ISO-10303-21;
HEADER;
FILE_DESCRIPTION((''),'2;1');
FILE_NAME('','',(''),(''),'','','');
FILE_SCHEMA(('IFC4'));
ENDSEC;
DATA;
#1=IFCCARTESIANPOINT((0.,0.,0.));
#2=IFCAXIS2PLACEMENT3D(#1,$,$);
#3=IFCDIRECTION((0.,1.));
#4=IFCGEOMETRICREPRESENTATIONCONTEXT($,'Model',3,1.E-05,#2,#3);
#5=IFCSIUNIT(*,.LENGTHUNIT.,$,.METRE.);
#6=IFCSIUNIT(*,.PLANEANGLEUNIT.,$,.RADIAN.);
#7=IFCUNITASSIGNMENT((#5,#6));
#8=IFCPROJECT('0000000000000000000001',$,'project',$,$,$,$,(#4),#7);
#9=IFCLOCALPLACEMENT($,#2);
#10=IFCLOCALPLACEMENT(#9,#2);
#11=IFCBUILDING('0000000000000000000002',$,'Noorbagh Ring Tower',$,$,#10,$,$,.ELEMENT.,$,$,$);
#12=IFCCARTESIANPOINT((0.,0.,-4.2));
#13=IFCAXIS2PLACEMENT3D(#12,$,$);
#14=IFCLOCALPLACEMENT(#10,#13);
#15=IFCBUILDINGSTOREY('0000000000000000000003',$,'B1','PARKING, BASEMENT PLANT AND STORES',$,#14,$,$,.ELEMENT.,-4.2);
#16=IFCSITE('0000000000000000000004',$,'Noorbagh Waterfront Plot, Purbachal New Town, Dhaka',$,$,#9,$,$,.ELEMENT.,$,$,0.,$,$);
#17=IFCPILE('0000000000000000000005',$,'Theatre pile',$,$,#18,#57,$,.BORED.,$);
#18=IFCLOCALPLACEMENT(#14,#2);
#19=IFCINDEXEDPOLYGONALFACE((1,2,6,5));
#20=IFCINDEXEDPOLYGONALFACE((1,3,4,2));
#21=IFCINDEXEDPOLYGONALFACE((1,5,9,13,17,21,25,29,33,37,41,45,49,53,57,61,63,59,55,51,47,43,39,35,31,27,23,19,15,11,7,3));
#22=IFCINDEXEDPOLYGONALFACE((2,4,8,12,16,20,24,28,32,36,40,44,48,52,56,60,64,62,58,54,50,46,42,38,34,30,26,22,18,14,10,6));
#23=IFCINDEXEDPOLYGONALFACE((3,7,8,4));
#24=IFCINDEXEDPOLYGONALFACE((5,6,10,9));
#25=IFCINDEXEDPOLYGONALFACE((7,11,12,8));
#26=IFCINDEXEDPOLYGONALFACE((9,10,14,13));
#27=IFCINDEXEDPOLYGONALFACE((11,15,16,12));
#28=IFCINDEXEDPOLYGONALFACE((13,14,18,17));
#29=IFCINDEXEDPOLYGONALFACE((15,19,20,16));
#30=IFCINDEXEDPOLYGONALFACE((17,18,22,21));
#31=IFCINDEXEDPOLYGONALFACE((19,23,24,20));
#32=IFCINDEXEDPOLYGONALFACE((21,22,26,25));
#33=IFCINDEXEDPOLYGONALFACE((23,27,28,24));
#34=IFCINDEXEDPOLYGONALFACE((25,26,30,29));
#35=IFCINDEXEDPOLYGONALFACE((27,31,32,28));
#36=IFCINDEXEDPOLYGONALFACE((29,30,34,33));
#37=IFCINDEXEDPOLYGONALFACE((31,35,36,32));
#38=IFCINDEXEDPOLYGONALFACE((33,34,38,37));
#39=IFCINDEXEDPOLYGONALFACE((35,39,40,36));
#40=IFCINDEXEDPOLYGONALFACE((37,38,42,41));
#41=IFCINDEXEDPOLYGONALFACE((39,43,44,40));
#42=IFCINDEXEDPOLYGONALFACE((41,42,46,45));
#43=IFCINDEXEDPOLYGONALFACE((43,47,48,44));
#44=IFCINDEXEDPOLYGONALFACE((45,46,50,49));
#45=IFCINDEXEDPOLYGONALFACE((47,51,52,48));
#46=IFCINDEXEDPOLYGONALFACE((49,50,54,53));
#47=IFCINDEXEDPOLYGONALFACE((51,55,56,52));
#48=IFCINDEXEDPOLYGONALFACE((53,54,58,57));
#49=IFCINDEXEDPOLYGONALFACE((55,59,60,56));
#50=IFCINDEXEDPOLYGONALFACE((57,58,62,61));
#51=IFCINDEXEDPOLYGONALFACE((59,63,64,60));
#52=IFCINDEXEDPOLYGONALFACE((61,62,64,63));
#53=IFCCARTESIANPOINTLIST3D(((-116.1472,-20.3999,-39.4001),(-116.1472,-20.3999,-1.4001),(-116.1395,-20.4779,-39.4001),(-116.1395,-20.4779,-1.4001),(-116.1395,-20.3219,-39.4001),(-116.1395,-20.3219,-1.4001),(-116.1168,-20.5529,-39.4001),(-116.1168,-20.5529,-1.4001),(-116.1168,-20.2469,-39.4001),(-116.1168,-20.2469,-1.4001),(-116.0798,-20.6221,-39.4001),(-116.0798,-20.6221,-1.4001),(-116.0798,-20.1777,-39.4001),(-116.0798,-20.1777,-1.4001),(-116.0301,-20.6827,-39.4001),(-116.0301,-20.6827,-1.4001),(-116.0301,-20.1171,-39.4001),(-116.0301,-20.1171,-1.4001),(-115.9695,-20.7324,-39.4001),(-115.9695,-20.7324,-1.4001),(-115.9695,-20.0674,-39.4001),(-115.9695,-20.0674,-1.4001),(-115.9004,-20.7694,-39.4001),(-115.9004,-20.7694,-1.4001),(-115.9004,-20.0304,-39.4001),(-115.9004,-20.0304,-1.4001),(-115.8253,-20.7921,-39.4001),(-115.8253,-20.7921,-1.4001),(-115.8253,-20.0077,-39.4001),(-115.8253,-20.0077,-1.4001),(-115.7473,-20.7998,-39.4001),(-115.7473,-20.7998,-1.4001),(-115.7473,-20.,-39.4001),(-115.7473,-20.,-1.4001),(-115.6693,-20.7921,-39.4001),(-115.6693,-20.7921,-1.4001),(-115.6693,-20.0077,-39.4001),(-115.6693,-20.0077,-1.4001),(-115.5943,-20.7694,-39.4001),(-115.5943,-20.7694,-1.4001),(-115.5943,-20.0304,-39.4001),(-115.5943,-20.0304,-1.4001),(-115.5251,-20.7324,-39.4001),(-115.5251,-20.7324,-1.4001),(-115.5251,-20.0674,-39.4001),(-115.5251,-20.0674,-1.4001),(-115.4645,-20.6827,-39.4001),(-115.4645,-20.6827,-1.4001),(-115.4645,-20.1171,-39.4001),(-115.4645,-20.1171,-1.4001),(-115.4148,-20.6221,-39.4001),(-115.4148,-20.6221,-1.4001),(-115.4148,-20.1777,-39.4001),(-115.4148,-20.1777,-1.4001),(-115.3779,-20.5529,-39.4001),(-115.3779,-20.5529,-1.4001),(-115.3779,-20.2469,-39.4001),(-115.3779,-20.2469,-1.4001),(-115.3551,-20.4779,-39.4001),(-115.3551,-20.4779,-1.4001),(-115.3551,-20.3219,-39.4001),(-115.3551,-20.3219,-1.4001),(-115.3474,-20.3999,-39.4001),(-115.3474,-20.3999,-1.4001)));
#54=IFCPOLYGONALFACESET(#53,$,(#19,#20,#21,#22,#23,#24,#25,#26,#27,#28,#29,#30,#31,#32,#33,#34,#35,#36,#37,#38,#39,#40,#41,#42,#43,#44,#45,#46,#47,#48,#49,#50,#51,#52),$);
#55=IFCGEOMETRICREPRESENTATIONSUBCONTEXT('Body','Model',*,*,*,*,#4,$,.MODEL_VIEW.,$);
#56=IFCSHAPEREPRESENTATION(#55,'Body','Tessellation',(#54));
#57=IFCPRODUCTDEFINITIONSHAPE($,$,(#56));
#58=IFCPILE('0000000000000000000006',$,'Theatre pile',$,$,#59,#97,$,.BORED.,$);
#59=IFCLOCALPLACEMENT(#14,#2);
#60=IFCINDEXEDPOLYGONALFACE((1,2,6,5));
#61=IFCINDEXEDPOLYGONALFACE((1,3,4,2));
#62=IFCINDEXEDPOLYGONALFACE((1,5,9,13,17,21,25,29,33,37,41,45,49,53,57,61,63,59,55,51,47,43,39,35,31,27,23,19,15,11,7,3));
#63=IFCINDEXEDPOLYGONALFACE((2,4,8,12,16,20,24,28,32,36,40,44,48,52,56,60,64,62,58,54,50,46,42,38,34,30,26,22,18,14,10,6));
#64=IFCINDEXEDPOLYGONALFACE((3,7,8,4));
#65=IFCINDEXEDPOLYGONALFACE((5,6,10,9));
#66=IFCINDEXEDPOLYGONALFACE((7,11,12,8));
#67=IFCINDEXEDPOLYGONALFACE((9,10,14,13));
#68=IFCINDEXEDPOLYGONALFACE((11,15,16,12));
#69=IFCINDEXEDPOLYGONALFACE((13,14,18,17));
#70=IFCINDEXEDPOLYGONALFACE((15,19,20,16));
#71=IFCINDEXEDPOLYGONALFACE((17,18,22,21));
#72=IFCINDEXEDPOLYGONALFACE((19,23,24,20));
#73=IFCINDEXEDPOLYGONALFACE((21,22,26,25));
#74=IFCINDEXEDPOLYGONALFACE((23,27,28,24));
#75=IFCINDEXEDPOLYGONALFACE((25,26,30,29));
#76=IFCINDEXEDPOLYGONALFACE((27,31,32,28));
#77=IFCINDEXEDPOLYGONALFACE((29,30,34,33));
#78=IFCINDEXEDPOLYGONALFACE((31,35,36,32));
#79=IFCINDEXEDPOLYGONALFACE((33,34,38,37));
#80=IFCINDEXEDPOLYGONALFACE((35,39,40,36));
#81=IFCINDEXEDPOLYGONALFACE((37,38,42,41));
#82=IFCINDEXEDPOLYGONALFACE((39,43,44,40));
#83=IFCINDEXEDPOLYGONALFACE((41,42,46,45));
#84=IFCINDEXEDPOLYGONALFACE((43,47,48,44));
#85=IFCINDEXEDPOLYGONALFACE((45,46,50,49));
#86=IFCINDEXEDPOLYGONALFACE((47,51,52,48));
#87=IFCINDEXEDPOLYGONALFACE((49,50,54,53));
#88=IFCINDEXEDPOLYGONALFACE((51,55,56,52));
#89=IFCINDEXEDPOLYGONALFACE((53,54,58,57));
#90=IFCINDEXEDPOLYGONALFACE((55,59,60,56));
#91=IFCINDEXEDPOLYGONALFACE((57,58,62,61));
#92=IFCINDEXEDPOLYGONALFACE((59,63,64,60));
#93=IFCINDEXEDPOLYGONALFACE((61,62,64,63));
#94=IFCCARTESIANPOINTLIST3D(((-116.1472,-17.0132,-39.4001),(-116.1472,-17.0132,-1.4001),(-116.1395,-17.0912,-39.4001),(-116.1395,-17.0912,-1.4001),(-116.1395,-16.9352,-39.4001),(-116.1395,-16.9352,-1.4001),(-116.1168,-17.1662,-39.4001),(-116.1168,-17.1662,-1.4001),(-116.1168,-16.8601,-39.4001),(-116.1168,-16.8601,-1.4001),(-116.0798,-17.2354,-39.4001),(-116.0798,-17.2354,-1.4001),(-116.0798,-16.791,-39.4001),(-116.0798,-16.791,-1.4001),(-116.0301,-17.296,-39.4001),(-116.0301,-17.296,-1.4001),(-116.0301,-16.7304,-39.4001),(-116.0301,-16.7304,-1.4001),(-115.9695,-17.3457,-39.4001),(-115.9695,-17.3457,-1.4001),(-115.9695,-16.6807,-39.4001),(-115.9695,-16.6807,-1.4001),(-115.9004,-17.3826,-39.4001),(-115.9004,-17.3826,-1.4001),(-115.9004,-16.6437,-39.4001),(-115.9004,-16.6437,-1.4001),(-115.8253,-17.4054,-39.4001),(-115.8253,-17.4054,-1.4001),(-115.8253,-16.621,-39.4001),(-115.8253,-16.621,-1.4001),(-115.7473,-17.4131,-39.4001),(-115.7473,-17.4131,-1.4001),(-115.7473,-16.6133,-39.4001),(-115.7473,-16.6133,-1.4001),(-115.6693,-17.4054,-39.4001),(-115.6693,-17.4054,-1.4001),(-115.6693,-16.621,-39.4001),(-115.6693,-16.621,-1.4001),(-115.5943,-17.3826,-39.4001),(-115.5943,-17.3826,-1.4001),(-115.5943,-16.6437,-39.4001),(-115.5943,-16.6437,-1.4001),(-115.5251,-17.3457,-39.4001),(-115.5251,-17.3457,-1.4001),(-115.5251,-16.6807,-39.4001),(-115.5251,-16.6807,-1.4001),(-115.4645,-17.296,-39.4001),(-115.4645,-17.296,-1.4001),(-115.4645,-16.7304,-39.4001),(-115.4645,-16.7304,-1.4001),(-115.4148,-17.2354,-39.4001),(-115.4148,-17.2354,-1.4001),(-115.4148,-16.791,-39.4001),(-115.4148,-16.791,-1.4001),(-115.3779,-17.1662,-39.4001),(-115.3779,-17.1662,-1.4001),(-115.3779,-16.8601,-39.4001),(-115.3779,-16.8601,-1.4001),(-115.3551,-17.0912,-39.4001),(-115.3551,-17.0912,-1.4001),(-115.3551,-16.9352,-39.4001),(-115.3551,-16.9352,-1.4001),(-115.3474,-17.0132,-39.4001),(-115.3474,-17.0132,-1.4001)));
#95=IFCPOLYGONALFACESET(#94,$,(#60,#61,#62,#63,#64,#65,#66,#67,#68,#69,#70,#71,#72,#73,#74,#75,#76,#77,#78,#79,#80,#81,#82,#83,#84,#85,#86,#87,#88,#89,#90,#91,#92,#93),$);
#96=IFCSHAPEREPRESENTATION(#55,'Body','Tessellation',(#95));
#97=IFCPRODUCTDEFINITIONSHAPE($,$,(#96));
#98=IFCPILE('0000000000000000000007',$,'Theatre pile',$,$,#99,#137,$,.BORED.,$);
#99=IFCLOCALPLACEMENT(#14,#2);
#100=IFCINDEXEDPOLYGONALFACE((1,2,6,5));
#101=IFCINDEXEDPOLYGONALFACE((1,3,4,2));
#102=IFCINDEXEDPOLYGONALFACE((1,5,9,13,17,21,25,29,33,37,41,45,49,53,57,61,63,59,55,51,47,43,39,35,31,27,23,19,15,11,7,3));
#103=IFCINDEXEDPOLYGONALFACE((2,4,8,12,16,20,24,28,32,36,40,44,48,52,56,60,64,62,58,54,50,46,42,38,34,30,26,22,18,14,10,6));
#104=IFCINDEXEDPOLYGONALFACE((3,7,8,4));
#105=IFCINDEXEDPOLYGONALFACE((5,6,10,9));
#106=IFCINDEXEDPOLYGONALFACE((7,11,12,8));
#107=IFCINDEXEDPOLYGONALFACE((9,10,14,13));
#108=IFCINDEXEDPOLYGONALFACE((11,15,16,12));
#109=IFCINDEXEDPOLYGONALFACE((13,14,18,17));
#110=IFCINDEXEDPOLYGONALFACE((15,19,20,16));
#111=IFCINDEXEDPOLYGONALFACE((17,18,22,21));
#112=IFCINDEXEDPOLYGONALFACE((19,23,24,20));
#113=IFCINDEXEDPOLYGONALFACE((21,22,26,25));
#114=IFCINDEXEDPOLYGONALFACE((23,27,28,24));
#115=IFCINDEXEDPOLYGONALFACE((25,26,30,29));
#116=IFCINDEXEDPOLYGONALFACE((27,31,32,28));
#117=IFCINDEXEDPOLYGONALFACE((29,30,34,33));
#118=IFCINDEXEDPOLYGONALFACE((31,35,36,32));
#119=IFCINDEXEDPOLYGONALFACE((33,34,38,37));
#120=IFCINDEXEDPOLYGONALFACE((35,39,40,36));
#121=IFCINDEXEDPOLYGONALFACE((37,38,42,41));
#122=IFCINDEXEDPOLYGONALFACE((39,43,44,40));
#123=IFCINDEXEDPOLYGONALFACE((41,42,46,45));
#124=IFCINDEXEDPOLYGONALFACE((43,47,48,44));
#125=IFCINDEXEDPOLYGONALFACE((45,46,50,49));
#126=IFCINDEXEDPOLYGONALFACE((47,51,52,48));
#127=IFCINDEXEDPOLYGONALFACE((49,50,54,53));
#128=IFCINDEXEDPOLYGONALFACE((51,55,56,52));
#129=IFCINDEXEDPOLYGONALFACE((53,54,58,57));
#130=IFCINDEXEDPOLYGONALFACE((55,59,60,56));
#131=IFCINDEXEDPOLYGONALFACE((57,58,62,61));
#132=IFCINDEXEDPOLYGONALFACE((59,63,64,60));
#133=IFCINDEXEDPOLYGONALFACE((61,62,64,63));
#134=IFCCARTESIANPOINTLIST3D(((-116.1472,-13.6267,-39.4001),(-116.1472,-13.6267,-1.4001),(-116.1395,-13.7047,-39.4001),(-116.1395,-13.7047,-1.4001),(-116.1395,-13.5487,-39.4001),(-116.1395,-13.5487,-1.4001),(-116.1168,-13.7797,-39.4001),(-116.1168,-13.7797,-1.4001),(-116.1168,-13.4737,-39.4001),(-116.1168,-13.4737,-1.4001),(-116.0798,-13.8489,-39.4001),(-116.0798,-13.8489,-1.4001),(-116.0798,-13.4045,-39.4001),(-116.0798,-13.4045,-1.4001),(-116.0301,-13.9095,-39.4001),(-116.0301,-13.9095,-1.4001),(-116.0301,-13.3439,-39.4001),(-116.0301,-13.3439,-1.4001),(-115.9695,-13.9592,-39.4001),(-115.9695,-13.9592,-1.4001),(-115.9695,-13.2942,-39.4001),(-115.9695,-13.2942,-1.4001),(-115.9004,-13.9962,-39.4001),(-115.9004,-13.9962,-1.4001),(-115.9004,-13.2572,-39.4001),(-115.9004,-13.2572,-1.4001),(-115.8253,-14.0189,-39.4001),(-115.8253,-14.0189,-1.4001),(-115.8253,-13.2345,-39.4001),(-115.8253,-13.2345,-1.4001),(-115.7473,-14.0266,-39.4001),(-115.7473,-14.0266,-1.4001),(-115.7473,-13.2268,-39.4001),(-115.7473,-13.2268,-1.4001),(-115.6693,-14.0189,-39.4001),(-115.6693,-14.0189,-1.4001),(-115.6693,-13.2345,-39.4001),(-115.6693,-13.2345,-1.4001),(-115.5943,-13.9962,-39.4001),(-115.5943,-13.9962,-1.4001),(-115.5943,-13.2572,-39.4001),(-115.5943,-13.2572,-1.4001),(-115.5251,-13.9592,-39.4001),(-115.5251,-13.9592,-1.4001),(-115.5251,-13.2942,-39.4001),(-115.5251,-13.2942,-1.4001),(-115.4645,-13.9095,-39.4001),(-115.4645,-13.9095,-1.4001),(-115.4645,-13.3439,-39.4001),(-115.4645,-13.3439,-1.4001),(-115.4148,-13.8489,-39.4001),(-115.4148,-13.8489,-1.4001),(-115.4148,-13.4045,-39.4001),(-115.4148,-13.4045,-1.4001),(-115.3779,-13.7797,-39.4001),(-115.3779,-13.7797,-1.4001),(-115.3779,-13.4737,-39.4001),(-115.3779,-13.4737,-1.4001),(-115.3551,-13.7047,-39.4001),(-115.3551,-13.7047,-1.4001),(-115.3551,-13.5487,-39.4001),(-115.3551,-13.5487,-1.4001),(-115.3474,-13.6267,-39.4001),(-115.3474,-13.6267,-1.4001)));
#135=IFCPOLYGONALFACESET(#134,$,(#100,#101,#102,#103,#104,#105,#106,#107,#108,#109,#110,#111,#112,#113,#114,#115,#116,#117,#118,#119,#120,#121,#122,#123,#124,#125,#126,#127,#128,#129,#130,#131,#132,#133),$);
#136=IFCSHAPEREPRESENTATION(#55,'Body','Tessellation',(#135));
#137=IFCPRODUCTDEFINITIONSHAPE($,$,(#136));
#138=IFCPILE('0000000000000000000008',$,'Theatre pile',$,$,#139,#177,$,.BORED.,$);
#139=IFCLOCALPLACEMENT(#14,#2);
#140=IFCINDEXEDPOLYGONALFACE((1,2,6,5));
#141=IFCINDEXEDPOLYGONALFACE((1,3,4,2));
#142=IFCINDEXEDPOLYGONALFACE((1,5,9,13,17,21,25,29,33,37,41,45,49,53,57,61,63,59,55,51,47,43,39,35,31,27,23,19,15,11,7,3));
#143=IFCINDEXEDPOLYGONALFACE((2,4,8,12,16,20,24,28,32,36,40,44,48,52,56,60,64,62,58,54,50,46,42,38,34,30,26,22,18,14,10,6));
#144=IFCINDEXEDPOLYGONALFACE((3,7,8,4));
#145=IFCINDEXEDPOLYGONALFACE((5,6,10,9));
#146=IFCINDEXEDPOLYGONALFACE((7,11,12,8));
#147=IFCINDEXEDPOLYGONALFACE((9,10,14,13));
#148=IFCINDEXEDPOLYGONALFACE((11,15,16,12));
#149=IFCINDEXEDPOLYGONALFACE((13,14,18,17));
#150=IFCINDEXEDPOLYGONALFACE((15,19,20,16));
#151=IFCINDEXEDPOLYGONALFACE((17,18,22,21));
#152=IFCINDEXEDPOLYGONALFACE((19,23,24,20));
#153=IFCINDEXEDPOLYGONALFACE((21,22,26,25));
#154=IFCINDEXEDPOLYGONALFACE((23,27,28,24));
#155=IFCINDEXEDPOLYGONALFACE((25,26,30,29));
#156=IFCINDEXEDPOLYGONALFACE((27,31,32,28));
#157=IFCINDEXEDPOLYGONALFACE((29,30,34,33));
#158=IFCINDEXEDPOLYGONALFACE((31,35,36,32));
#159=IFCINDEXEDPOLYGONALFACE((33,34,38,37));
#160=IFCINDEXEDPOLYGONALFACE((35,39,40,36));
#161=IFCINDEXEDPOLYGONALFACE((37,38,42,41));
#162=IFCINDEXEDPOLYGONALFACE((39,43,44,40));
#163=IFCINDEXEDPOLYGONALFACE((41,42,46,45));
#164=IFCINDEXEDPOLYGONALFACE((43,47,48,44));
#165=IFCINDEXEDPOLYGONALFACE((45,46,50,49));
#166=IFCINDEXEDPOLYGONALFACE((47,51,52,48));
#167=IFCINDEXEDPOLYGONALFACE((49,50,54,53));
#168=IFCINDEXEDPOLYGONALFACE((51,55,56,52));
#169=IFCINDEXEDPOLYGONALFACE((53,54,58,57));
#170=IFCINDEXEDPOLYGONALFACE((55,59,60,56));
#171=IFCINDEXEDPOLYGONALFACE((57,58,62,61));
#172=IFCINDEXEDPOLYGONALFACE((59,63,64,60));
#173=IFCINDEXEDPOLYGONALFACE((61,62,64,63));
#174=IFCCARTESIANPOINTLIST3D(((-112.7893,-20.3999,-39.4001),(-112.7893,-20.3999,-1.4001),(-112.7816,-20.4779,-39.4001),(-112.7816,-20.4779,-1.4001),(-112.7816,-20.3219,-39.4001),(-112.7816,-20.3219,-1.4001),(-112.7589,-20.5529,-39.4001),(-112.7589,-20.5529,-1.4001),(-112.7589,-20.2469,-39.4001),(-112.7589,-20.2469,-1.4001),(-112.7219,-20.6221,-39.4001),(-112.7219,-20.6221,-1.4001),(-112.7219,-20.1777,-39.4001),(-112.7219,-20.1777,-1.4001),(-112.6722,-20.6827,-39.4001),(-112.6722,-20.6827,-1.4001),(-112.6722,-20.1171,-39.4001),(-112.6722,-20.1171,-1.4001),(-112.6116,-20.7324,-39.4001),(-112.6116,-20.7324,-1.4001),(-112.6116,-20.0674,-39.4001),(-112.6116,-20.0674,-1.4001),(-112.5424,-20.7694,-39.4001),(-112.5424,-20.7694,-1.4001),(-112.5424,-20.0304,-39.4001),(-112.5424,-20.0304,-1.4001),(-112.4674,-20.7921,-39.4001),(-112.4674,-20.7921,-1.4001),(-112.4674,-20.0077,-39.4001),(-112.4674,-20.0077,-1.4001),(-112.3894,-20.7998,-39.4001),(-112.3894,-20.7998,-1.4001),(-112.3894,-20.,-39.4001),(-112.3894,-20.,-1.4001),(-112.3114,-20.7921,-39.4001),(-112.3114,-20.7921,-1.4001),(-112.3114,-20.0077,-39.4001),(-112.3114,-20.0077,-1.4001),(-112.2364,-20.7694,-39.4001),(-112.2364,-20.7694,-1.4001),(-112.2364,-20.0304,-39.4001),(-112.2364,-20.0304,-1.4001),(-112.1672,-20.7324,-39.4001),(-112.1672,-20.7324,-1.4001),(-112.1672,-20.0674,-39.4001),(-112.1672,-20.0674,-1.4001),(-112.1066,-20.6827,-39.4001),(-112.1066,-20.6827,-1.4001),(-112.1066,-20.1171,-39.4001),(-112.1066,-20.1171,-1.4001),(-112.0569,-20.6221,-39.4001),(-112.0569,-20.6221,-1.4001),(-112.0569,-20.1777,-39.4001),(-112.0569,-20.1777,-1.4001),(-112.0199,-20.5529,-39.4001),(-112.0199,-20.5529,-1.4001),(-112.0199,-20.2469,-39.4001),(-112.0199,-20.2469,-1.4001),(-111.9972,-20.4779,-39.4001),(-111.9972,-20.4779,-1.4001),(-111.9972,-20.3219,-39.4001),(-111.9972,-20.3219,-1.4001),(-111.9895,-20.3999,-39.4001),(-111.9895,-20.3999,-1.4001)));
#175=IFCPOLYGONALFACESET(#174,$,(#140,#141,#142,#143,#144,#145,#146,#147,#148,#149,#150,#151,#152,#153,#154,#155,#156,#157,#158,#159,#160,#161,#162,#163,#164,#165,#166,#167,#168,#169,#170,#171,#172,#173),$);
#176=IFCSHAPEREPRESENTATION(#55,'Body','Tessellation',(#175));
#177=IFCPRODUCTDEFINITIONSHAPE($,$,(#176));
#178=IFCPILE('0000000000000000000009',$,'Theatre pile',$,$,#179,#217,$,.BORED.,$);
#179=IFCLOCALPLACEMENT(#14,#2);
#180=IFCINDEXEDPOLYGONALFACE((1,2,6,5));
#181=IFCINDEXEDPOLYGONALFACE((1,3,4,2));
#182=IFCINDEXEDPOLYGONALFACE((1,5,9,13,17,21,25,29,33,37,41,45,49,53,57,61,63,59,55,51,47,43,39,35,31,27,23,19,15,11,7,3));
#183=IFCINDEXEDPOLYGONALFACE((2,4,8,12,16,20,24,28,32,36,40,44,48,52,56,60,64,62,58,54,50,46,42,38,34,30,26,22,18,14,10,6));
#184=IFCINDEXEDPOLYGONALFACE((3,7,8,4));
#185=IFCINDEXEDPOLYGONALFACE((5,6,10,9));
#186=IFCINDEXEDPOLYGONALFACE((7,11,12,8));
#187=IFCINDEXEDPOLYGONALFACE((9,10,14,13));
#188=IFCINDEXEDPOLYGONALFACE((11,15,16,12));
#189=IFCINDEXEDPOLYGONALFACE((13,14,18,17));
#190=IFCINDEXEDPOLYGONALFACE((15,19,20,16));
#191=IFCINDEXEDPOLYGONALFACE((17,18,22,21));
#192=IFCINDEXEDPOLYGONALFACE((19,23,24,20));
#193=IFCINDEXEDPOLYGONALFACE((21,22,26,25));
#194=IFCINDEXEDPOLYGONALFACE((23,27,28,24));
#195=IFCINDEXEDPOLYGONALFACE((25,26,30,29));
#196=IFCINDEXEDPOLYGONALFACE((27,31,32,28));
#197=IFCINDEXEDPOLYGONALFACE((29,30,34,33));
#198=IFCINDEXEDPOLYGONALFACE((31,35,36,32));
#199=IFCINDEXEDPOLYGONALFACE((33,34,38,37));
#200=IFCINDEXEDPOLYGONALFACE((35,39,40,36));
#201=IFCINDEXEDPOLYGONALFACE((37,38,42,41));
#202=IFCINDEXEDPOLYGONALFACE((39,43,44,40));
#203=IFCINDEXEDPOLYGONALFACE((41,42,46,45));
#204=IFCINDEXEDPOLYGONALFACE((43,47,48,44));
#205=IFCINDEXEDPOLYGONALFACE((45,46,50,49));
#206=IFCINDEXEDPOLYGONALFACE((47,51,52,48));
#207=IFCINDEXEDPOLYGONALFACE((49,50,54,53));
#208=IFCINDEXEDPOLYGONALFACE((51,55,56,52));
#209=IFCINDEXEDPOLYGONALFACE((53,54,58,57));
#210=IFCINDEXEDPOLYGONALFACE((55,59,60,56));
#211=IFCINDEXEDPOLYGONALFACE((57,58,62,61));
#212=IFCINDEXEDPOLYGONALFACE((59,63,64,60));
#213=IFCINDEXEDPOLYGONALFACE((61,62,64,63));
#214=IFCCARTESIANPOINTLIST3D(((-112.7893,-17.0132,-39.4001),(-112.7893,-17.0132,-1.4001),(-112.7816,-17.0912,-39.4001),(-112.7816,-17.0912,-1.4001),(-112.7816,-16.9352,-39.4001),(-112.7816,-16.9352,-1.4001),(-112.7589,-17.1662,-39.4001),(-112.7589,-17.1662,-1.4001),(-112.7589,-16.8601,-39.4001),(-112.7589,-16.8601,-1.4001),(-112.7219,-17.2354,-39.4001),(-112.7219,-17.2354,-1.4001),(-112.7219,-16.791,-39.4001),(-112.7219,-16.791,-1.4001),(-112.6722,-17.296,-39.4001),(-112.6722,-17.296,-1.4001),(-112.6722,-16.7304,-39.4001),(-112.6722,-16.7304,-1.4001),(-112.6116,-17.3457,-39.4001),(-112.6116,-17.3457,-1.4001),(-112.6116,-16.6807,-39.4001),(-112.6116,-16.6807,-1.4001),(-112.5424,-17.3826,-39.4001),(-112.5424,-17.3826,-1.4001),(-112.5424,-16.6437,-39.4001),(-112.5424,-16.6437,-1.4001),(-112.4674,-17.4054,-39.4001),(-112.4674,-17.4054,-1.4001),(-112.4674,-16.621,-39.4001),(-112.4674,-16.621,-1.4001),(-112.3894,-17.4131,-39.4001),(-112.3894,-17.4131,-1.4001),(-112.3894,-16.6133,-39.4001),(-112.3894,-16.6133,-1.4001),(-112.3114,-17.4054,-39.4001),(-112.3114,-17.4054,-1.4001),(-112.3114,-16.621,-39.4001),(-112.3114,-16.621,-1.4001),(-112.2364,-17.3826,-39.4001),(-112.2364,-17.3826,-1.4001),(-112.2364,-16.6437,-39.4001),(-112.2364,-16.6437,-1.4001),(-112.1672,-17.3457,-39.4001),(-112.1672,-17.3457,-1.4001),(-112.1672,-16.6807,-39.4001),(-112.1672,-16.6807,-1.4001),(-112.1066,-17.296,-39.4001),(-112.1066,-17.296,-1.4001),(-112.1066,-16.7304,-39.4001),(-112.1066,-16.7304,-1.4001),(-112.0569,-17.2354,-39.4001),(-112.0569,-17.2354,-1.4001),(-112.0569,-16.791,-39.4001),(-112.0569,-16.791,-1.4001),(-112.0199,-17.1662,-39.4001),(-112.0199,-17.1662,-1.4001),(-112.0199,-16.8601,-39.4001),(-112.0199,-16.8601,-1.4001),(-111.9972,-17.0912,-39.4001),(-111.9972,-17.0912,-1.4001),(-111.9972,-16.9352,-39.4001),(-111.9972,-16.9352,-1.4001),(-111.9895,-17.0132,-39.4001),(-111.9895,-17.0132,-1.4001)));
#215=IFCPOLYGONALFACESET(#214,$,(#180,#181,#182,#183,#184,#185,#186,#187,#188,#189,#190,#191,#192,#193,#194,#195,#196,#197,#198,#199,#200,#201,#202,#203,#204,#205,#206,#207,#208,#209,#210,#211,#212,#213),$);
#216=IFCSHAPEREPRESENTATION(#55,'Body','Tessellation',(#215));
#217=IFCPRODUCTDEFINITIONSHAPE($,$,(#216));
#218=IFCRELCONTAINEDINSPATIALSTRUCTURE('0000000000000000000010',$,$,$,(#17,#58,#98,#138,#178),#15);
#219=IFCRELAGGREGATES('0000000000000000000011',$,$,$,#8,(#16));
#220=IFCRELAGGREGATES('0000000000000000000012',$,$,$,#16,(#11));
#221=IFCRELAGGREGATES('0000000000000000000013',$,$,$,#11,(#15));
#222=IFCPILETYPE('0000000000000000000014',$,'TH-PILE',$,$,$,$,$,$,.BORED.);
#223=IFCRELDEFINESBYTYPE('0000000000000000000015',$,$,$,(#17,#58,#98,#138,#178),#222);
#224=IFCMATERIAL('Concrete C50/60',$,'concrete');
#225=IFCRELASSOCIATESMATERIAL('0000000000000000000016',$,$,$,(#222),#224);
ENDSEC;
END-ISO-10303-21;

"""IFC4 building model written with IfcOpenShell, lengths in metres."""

from ifc_helpers import new_model, si_unit, direction, frame, origin, origin_2d, place, context, subcontext, project, spatial, circle, extrude, material, material_profile, profile_set, type_object, element, save


model = new_model("IFC4")

# Units and contexts
model_context = context("Model", 3, precision=1e-05, world=origin(), true_north=direction((0.0, 1.0)))
body_context = subcontext(model_context, "Body", "Model", "MODEL_VIEW")
ifc_project = project(units=[si_unit("LENGTHUNIT", "METRE"), si_unit("PLANEANGLEUNIT", "RADIAN")], contexts=[model_context])

# Site, building, storey
site_placement = place(None, origin())
site = spatial("IfcSite", under=ifc_project, at=site_placement, Name="Noorbagh Waterfront Plot, Purbachal New Town, Dhaka", CompositionType="ELEMENT", RefElevation=0.0)
building_placement = place(site_placement, origin())
building = spatial("IfcBuilding", under=site, at=building_placement, Name="Noorbagh Ring Tower", CompositionType="ELEMENT")
storey_placement = place(building_placement, frame((0.0, 0.0, -4.2)))
storey = spatial("IfcBuildingStorey", under=building, at=storey_placement, Name="B1", Description="PARKING, BASEMENT PLANT AND STORES", CompositionType="ELEMENT", Elevation=-4.2)

# Piles
ifc_material_1 = material(Name="Concrete C50/60", Category="concrete")
ifc_material_profile = material_profile(ifc_material_1, circle(Radius=0.3999, at=origin_2d()), Name="PILE800")
ifc_profile_set = profile_set([ifc_material_profile], Name="Concrete C50/60")
pile_type = type_object("IfcPileType", Name="TH-PILE", PredefinedType="BORED", material=ifc_profile_set)
for number, where, z_axis, x_axis, name in (
    (1, (-115.7473, -20.3999, -1.4001), (0.0, 0.0, -1.0), (1.0, 0.0, 0.0), "Theatre pile"),
    (2, (-115.7473, -17.0132, -1.4001), (0.0, 0.0, -1.0), (1.0, 0.0, 0.0), "Theatre pile"),
    (3, (-115.7473, -13.6267, -1.4001), (0.0, 0.0, -1.0), (1.0, 0.0, 0.0), "Theatre pile"),
    (4, (-112.3894, -20.3999, -1.4001), (0.0, 0.0, -1.0), (1.0, 0.0, 0.0), "Theatre pile"),
    (5, (-112.3894, -17.0132, -1.4001), (0.0, 0.0, -1.0), (1.0, 0.0, 0.0), "Theatre pile"),
):
    element("IfcPile", number, at=place(storey_placement, frame(where, z_axis=z_axis, x_axis=x_axis)), inside=storey, type_object=pile_type, Name=name, PredefinedType="BORED", context=body_context, shape_type="SweptSolid", body=[
        extrude(circle(Radius=0.3999, at=origin_2d()), origin(), (0.0, 0.0, 1.0), 38.0),
    ])

save(model, "model.ifc")
